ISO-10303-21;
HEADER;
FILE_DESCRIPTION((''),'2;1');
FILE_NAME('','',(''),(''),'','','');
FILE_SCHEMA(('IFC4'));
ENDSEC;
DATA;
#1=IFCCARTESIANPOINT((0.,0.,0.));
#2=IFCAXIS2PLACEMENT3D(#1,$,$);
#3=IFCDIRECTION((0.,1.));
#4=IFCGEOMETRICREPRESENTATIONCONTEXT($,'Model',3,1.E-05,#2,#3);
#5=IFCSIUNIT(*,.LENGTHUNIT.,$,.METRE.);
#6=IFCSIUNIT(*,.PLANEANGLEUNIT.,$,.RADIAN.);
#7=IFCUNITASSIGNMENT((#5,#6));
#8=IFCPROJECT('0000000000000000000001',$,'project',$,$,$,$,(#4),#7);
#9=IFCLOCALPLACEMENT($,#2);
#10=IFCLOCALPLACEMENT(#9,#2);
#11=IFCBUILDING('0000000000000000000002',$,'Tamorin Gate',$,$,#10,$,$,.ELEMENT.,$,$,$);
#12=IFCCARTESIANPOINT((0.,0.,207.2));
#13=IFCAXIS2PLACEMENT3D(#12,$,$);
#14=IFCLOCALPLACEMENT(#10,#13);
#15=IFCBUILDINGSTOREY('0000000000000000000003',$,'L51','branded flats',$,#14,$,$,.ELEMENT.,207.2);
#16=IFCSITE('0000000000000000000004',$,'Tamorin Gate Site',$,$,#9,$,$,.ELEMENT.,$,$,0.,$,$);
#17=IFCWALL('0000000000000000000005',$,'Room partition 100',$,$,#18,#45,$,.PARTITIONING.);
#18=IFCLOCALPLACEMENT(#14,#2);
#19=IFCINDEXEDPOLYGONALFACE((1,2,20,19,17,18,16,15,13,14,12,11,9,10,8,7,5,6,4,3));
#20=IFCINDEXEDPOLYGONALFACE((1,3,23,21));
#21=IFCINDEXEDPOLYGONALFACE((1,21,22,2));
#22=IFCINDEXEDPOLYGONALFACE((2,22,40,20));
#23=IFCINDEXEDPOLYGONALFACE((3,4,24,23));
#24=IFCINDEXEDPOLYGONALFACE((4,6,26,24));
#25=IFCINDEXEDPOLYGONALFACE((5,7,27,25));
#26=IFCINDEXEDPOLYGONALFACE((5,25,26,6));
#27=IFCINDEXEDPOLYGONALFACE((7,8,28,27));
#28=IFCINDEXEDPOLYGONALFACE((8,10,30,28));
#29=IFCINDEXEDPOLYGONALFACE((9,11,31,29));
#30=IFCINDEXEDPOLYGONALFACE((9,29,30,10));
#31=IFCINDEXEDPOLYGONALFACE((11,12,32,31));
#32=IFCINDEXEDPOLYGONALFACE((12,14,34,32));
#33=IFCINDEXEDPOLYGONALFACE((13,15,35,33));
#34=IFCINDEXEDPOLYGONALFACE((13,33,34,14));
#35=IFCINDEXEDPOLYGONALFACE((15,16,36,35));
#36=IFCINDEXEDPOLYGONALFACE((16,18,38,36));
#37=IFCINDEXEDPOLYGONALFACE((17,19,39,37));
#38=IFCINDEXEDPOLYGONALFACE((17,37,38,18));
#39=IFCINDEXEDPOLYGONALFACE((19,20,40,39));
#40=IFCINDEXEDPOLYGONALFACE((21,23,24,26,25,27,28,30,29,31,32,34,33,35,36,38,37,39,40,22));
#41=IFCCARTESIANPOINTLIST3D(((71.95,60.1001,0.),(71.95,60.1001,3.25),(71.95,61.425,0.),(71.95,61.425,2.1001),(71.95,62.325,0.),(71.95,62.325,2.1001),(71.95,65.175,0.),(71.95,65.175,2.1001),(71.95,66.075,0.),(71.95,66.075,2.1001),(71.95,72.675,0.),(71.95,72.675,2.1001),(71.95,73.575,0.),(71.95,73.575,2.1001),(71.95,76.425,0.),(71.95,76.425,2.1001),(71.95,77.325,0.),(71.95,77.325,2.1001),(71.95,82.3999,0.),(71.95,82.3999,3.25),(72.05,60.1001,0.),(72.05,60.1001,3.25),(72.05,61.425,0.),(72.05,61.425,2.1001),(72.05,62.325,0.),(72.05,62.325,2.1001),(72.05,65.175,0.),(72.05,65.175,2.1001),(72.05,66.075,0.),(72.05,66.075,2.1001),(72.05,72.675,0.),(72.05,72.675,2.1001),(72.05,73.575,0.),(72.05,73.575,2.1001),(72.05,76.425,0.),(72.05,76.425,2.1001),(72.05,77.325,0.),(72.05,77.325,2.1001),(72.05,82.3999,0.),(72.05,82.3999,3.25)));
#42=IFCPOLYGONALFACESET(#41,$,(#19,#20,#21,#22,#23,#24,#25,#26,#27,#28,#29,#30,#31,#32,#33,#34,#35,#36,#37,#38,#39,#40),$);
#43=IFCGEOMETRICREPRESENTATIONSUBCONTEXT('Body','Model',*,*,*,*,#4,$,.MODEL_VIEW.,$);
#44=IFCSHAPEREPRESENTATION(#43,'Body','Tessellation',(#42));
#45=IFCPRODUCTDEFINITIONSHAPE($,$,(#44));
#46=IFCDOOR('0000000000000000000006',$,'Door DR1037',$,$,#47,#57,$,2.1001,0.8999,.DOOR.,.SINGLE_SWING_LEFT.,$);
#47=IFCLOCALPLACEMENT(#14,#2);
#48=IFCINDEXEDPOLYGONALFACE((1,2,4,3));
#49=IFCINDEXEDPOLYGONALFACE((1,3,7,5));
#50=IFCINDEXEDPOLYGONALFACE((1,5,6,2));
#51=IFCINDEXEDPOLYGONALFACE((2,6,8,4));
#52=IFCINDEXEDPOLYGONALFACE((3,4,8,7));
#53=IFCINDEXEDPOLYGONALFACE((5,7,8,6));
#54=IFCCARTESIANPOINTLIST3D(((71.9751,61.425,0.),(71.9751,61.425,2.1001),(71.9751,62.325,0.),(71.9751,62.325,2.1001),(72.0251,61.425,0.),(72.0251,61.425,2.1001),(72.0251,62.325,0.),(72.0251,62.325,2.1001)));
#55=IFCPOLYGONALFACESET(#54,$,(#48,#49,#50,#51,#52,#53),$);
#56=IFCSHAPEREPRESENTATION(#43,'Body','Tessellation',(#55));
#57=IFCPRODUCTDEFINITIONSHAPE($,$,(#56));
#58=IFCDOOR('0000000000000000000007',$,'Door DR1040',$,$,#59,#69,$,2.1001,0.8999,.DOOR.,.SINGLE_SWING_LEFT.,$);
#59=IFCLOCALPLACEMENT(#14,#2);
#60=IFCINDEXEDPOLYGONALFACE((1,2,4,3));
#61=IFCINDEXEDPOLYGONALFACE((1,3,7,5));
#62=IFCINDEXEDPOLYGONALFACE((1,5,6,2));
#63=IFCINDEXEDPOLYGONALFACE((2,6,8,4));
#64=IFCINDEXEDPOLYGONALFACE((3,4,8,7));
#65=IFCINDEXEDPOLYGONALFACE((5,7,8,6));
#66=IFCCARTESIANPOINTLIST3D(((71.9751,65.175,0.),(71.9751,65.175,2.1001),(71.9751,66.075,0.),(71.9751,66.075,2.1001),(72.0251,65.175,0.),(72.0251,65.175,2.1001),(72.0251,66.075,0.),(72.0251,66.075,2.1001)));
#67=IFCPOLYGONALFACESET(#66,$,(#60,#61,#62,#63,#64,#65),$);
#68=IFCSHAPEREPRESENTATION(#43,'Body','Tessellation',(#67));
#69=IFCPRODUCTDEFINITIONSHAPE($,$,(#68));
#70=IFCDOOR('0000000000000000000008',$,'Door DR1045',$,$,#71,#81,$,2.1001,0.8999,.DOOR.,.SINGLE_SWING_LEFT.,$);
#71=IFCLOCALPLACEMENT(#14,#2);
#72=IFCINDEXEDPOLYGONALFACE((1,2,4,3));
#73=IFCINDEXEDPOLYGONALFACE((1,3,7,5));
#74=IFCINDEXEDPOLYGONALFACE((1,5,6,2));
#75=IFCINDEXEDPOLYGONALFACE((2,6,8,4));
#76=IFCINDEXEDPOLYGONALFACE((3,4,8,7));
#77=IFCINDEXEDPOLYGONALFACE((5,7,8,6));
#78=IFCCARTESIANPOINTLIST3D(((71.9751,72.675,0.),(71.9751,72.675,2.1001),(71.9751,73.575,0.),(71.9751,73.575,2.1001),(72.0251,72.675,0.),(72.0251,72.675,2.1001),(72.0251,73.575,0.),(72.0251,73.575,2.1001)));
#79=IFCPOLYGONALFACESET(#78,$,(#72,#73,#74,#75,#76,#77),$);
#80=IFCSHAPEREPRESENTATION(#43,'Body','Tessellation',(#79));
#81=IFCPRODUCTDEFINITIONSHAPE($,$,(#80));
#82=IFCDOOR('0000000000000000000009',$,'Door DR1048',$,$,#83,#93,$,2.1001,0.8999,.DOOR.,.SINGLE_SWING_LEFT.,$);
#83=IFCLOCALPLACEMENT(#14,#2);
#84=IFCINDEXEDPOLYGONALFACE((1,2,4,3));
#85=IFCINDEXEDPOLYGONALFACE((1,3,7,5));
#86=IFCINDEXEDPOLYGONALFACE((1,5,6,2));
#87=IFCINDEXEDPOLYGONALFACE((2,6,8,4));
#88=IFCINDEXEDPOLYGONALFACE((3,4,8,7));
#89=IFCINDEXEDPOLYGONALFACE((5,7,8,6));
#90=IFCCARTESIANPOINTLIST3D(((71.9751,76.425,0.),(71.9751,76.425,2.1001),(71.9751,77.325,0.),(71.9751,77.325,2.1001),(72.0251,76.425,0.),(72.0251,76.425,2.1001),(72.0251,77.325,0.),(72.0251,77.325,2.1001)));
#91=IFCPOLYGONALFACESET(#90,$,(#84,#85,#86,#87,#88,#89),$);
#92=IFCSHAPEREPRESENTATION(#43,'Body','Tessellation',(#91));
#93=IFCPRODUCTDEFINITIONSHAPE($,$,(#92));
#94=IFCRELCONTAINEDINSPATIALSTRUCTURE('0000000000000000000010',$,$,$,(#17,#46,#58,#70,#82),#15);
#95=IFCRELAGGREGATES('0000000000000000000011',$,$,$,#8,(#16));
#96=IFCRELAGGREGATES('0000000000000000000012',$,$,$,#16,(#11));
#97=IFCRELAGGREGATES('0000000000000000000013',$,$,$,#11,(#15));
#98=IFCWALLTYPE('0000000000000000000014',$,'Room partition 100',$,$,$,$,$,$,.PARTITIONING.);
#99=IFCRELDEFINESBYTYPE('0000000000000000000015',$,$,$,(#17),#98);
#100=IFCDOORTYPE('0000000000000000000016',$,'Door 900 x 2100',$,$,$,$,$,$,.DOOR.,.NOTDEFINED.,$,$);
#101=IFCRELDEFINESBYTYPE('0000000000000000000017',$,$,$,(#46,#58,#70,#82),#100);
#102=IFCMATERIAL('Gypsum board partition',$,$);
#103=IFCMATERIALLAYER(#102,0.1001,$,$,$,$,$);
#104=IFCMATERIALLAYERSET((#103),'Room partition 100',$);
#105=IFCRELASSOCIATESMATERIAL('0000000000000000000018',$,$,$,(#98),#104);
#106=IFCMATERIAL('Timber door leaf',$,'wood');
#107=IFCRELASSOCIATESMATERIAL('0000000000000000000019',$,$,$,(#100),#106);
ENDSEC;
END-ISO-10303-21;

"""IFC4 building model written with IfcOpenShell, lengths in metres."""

from ifc_helpers import new_model, si_unit, direction, frame, frame_2d, origin, place, context, subcontext, project, spatial, rectangle, extrude, material, layer, layer_set, type_object, element, fill, save


model = new_model("IFC4")

# Units and contexts
model_context = context("Model", 3, precision=1e-05, world=origin(), true_north=direction((0.0, 1.0)))
body_context = subcontext(model_context, "Body", "Model", "MODEL_VIEW")
ifc_project = project(units=[si_unit("LENGTHUNIT", "METRE"), si_unit("PLANEANGLEUNIT", "RADIAN")], contexts=[model_context])

# Site, building, storey
site_placement = place(None, origin())
site = spatial("IfcSite", under=ifc_project, at=site_placement, Name="Tamorin Gate Site", CompositionType="ELEMENT", RefElevation=0.0)
building_placement = place(site_placement, origin())
building = spatial("IfcBuilding", under=site, at=building_placement, Name="Tamorin Gate", CompositionType="ELEMENT")
storey_placement = place(building_placement, frame((0.0, 0.0, 207.2)))
storey = spatial("IfcBuildingStorey", under=building, at=storey_placement, Name="L51", Description="branded flats", CompositionType="ELEMENT", Elevation=207.2)

# Wall, openings, doors
ifc_material_1 = material(Name="Gypsum board partition")
ifc_layer_1 = layer(ifc_material_1, 0.1001)
ifc_layer_set_1 = layer_set([ifc_layer_1], Name="Room partition 100")
wall_type_1 = type_object("IfcWallType", Name="Room partition 100", PredefinedType="PARTITIONING", material=ifc_layer_set_1)
wall_1_placement = place(storey_placement, frame((72.0, 60.1001, 0.0), z_axis=(0.0, 0.0, 1.0), x_axis=(0.0, 1.0, 0.0)))
wall_1 = element("IfcWall", 1, at=wall_1_placement, inside=storey, type_object=wall_type_1, Name="Room partition 100", PredefinedType="PARTITIONING", context=body_context, shape_type="SweptSolid", body=[
    extrude(rectangle(XDim=22.2998, YDim=0.1001, at=frame_2d((11.1499, 0.0))), origin(), (0.0, 0.0, 1.0), 3.25),
])
opening_1_placement = place(wall_1_placement, frame((1.325, 0.0, 0.0)))
opening_1 = element("IfcOpeningElement", 2, at=opening_1_placement, cuts=wall_1, PredefinedType="OPENING", context=body_context, shape_type="SweptSolid", body=[
    extrude(rectangle(XDim=0.8999, YDim=2.1001, at=frame_2d((0.45, 1.05))), frame((0.0, 0.0601, 0.0), z_axis=(0.0, -1.0, 0.0), x_axis=(1.0, 0.0, 0.0)), (0.0, 0.0, 1.0), 0.1201),
])
opening_2_placement = place(wall_1_placement, frame((5.075, 0.0, 0.0)))
opening_2 = element("IfcOpeningElement", 3, at=opening_2_placement, cuts=wall_1, PredefinedType="OPENING", context=body_context, shape_type="SweptSolid", body=[
    extrude(rectangle(XDim=0.8999, YDim=2.1001, at=frame_2d((0.45, 1.05))), frame((0.0, 0.0601, 0.0), z_axis=(0.0, -1.0, 0.0), x_axis=(1.0, 0.0, 0.0)), (0.0, 0.0, 1.0), 0.1201),
])
opening_3_placement = place(wall_1_placement, frame((12.575, 0.0, 0.0)))
opening_3 = element("IfcOpeningElement", 4, at=opening_3_placement, cuts=wall_1, PredefinedType="OPENING", context=body_context, shape_type="SweptSolid", body=[
    extrude(rectangle(XDim=0.8999, YDim=2.1001, at=frame_2d((0.45, 1.05))), frame((0.0, 0.0601, 0.0), z_axis=(0.0, -1.0, 0.0), x_axis=(1.0, 0.0, 0.0)), (0.0, 0.0, 1.0), 0.1201),
])
opening_4_placement = place(wall_1_placement, frame((16.325, 0.0, 0.0)))
opening_4 = element("IfcOpeningElement", 5, at=opening_4_placement, cuts=wall_1, PredefinedType="OPENING", context=body_context, shape_type="SweptSolid", body=[
    extrude(rectangle(XDim=0.8999, YDim=2.1001, at=frame_2d((0.45, 1.05))), frame((0.0, 0.0601, 0.0), z_axis=(0.0, -1.0, 0.0), x_axis=(1.0, 0.0, 0.0)), (0.0, 0.0, 1.0), 0.1201),
])
ifc_material_2 = material(Name="Timber door leaf", Category="wood")
door_type = type_object("IfcDoorType", Name="Door 900 x 2100", OperationType="NOTDEFINED", PredefinedType="DOOR", material=ifc_material_2)
door_1_placement = place(opening_1_placement, origin())
door_1 = element("IfcDoor", 6, at=door_1_placement, inside=storey, type_object=door_type, Name="Door DR1037", OperationType="SINGLE_SWING_LEFT", OverallHeight=2.1001, OverallWidth=0.8999, PredefinedType="DOOR", context=body_context, shape_type="SweptSolid", body=[
    extrude(rectangle(XDim=0.8999, YDim=2.1001, at=frame_2d((0.45, 1.05))), frame((0.0, 0.0249, 0.0), z_axis=(0.0, -1.0, 0.0), x_axis=(1.0, 0.0, 0.0)), (0.0, 0.0, 1.0), 0.05),
])
fill(opening_1, door_1)
door_2_placement = place(opening_2_placement, origin())
door_2 = element("IfcDoor", 7, at=door_2_placement, inside=storey, type_object=door_type, Name="Door DR1040", OperationType="SINGLE_SWING_LEFT", OverallHeight=2.1001, OverallWidth=0.8999, PredefinedType="DOOR", context=body_context, shape_type="SweptSolid", body=[
    extrude(rectangle(XDim=0.8999, YDim=2.1001, at=frame_2d((0.45, 1.05))), frame((0.0, 0.0249, 0.0), z_axis=(0.0, -1.0, 0.0), x_axis=(1.0, 0.0, 0.0)), (0.0, 0.0, 1.0), 0.05),
])
fill(opening_2, door_2)
door_3_placement = place(opening_3_placement, origin())
door_3 = element("IfcDoor", 8, at=door_3_placement, inside=storey, type_object=door_type, Name="Door DR1045", OperationType="SINGLE_SWING_LEFT", OverallHeight=2.1001, OverallWidth=0.8999, PredefinedType="DOOR", context=body_context, shape_type="SweptSolid", body=[
    extrude(rectangle(XDim=0.8999, YDim=2.1001, at=frame_2d((0.45, 1.05))), frame((0.0, 0.0249, 0.0), z_axis=(0.0, -1.0, 0.0), x_axis=(1.0, 0.0, 0.0)), (0.0, 0.0, 1.0), 0.05),
])
fill(opening_3, door_3)
door_4_placement = place(opening_4_placement, origin())
door_4 = element("IfcDoor", 9, at=door_4_placement, inside=storey, type_object=door_type, Name="Door DR1048", OperationType="SINGLE_SWING_LEFT", OverallHeight=2.1001, OverallWidth=0.8999, PredefinedType="DOOR", context=body_context, shape_type="SweptSolid", body=[
    extrude(rectangle(XDim=0.8999, YDim=2.1001, at=frame_2d((0.45, 1.05))), frame((0.0, 0.0249, 0.0), z_axis=(0.0, -1.0, 0.0), x_axis=(1.0, 0.0, 0.0)), (0.0, 0.0, 1.0), 0.05),
])
fill(opening_4, door_4)

save(model, "model.ifc")
